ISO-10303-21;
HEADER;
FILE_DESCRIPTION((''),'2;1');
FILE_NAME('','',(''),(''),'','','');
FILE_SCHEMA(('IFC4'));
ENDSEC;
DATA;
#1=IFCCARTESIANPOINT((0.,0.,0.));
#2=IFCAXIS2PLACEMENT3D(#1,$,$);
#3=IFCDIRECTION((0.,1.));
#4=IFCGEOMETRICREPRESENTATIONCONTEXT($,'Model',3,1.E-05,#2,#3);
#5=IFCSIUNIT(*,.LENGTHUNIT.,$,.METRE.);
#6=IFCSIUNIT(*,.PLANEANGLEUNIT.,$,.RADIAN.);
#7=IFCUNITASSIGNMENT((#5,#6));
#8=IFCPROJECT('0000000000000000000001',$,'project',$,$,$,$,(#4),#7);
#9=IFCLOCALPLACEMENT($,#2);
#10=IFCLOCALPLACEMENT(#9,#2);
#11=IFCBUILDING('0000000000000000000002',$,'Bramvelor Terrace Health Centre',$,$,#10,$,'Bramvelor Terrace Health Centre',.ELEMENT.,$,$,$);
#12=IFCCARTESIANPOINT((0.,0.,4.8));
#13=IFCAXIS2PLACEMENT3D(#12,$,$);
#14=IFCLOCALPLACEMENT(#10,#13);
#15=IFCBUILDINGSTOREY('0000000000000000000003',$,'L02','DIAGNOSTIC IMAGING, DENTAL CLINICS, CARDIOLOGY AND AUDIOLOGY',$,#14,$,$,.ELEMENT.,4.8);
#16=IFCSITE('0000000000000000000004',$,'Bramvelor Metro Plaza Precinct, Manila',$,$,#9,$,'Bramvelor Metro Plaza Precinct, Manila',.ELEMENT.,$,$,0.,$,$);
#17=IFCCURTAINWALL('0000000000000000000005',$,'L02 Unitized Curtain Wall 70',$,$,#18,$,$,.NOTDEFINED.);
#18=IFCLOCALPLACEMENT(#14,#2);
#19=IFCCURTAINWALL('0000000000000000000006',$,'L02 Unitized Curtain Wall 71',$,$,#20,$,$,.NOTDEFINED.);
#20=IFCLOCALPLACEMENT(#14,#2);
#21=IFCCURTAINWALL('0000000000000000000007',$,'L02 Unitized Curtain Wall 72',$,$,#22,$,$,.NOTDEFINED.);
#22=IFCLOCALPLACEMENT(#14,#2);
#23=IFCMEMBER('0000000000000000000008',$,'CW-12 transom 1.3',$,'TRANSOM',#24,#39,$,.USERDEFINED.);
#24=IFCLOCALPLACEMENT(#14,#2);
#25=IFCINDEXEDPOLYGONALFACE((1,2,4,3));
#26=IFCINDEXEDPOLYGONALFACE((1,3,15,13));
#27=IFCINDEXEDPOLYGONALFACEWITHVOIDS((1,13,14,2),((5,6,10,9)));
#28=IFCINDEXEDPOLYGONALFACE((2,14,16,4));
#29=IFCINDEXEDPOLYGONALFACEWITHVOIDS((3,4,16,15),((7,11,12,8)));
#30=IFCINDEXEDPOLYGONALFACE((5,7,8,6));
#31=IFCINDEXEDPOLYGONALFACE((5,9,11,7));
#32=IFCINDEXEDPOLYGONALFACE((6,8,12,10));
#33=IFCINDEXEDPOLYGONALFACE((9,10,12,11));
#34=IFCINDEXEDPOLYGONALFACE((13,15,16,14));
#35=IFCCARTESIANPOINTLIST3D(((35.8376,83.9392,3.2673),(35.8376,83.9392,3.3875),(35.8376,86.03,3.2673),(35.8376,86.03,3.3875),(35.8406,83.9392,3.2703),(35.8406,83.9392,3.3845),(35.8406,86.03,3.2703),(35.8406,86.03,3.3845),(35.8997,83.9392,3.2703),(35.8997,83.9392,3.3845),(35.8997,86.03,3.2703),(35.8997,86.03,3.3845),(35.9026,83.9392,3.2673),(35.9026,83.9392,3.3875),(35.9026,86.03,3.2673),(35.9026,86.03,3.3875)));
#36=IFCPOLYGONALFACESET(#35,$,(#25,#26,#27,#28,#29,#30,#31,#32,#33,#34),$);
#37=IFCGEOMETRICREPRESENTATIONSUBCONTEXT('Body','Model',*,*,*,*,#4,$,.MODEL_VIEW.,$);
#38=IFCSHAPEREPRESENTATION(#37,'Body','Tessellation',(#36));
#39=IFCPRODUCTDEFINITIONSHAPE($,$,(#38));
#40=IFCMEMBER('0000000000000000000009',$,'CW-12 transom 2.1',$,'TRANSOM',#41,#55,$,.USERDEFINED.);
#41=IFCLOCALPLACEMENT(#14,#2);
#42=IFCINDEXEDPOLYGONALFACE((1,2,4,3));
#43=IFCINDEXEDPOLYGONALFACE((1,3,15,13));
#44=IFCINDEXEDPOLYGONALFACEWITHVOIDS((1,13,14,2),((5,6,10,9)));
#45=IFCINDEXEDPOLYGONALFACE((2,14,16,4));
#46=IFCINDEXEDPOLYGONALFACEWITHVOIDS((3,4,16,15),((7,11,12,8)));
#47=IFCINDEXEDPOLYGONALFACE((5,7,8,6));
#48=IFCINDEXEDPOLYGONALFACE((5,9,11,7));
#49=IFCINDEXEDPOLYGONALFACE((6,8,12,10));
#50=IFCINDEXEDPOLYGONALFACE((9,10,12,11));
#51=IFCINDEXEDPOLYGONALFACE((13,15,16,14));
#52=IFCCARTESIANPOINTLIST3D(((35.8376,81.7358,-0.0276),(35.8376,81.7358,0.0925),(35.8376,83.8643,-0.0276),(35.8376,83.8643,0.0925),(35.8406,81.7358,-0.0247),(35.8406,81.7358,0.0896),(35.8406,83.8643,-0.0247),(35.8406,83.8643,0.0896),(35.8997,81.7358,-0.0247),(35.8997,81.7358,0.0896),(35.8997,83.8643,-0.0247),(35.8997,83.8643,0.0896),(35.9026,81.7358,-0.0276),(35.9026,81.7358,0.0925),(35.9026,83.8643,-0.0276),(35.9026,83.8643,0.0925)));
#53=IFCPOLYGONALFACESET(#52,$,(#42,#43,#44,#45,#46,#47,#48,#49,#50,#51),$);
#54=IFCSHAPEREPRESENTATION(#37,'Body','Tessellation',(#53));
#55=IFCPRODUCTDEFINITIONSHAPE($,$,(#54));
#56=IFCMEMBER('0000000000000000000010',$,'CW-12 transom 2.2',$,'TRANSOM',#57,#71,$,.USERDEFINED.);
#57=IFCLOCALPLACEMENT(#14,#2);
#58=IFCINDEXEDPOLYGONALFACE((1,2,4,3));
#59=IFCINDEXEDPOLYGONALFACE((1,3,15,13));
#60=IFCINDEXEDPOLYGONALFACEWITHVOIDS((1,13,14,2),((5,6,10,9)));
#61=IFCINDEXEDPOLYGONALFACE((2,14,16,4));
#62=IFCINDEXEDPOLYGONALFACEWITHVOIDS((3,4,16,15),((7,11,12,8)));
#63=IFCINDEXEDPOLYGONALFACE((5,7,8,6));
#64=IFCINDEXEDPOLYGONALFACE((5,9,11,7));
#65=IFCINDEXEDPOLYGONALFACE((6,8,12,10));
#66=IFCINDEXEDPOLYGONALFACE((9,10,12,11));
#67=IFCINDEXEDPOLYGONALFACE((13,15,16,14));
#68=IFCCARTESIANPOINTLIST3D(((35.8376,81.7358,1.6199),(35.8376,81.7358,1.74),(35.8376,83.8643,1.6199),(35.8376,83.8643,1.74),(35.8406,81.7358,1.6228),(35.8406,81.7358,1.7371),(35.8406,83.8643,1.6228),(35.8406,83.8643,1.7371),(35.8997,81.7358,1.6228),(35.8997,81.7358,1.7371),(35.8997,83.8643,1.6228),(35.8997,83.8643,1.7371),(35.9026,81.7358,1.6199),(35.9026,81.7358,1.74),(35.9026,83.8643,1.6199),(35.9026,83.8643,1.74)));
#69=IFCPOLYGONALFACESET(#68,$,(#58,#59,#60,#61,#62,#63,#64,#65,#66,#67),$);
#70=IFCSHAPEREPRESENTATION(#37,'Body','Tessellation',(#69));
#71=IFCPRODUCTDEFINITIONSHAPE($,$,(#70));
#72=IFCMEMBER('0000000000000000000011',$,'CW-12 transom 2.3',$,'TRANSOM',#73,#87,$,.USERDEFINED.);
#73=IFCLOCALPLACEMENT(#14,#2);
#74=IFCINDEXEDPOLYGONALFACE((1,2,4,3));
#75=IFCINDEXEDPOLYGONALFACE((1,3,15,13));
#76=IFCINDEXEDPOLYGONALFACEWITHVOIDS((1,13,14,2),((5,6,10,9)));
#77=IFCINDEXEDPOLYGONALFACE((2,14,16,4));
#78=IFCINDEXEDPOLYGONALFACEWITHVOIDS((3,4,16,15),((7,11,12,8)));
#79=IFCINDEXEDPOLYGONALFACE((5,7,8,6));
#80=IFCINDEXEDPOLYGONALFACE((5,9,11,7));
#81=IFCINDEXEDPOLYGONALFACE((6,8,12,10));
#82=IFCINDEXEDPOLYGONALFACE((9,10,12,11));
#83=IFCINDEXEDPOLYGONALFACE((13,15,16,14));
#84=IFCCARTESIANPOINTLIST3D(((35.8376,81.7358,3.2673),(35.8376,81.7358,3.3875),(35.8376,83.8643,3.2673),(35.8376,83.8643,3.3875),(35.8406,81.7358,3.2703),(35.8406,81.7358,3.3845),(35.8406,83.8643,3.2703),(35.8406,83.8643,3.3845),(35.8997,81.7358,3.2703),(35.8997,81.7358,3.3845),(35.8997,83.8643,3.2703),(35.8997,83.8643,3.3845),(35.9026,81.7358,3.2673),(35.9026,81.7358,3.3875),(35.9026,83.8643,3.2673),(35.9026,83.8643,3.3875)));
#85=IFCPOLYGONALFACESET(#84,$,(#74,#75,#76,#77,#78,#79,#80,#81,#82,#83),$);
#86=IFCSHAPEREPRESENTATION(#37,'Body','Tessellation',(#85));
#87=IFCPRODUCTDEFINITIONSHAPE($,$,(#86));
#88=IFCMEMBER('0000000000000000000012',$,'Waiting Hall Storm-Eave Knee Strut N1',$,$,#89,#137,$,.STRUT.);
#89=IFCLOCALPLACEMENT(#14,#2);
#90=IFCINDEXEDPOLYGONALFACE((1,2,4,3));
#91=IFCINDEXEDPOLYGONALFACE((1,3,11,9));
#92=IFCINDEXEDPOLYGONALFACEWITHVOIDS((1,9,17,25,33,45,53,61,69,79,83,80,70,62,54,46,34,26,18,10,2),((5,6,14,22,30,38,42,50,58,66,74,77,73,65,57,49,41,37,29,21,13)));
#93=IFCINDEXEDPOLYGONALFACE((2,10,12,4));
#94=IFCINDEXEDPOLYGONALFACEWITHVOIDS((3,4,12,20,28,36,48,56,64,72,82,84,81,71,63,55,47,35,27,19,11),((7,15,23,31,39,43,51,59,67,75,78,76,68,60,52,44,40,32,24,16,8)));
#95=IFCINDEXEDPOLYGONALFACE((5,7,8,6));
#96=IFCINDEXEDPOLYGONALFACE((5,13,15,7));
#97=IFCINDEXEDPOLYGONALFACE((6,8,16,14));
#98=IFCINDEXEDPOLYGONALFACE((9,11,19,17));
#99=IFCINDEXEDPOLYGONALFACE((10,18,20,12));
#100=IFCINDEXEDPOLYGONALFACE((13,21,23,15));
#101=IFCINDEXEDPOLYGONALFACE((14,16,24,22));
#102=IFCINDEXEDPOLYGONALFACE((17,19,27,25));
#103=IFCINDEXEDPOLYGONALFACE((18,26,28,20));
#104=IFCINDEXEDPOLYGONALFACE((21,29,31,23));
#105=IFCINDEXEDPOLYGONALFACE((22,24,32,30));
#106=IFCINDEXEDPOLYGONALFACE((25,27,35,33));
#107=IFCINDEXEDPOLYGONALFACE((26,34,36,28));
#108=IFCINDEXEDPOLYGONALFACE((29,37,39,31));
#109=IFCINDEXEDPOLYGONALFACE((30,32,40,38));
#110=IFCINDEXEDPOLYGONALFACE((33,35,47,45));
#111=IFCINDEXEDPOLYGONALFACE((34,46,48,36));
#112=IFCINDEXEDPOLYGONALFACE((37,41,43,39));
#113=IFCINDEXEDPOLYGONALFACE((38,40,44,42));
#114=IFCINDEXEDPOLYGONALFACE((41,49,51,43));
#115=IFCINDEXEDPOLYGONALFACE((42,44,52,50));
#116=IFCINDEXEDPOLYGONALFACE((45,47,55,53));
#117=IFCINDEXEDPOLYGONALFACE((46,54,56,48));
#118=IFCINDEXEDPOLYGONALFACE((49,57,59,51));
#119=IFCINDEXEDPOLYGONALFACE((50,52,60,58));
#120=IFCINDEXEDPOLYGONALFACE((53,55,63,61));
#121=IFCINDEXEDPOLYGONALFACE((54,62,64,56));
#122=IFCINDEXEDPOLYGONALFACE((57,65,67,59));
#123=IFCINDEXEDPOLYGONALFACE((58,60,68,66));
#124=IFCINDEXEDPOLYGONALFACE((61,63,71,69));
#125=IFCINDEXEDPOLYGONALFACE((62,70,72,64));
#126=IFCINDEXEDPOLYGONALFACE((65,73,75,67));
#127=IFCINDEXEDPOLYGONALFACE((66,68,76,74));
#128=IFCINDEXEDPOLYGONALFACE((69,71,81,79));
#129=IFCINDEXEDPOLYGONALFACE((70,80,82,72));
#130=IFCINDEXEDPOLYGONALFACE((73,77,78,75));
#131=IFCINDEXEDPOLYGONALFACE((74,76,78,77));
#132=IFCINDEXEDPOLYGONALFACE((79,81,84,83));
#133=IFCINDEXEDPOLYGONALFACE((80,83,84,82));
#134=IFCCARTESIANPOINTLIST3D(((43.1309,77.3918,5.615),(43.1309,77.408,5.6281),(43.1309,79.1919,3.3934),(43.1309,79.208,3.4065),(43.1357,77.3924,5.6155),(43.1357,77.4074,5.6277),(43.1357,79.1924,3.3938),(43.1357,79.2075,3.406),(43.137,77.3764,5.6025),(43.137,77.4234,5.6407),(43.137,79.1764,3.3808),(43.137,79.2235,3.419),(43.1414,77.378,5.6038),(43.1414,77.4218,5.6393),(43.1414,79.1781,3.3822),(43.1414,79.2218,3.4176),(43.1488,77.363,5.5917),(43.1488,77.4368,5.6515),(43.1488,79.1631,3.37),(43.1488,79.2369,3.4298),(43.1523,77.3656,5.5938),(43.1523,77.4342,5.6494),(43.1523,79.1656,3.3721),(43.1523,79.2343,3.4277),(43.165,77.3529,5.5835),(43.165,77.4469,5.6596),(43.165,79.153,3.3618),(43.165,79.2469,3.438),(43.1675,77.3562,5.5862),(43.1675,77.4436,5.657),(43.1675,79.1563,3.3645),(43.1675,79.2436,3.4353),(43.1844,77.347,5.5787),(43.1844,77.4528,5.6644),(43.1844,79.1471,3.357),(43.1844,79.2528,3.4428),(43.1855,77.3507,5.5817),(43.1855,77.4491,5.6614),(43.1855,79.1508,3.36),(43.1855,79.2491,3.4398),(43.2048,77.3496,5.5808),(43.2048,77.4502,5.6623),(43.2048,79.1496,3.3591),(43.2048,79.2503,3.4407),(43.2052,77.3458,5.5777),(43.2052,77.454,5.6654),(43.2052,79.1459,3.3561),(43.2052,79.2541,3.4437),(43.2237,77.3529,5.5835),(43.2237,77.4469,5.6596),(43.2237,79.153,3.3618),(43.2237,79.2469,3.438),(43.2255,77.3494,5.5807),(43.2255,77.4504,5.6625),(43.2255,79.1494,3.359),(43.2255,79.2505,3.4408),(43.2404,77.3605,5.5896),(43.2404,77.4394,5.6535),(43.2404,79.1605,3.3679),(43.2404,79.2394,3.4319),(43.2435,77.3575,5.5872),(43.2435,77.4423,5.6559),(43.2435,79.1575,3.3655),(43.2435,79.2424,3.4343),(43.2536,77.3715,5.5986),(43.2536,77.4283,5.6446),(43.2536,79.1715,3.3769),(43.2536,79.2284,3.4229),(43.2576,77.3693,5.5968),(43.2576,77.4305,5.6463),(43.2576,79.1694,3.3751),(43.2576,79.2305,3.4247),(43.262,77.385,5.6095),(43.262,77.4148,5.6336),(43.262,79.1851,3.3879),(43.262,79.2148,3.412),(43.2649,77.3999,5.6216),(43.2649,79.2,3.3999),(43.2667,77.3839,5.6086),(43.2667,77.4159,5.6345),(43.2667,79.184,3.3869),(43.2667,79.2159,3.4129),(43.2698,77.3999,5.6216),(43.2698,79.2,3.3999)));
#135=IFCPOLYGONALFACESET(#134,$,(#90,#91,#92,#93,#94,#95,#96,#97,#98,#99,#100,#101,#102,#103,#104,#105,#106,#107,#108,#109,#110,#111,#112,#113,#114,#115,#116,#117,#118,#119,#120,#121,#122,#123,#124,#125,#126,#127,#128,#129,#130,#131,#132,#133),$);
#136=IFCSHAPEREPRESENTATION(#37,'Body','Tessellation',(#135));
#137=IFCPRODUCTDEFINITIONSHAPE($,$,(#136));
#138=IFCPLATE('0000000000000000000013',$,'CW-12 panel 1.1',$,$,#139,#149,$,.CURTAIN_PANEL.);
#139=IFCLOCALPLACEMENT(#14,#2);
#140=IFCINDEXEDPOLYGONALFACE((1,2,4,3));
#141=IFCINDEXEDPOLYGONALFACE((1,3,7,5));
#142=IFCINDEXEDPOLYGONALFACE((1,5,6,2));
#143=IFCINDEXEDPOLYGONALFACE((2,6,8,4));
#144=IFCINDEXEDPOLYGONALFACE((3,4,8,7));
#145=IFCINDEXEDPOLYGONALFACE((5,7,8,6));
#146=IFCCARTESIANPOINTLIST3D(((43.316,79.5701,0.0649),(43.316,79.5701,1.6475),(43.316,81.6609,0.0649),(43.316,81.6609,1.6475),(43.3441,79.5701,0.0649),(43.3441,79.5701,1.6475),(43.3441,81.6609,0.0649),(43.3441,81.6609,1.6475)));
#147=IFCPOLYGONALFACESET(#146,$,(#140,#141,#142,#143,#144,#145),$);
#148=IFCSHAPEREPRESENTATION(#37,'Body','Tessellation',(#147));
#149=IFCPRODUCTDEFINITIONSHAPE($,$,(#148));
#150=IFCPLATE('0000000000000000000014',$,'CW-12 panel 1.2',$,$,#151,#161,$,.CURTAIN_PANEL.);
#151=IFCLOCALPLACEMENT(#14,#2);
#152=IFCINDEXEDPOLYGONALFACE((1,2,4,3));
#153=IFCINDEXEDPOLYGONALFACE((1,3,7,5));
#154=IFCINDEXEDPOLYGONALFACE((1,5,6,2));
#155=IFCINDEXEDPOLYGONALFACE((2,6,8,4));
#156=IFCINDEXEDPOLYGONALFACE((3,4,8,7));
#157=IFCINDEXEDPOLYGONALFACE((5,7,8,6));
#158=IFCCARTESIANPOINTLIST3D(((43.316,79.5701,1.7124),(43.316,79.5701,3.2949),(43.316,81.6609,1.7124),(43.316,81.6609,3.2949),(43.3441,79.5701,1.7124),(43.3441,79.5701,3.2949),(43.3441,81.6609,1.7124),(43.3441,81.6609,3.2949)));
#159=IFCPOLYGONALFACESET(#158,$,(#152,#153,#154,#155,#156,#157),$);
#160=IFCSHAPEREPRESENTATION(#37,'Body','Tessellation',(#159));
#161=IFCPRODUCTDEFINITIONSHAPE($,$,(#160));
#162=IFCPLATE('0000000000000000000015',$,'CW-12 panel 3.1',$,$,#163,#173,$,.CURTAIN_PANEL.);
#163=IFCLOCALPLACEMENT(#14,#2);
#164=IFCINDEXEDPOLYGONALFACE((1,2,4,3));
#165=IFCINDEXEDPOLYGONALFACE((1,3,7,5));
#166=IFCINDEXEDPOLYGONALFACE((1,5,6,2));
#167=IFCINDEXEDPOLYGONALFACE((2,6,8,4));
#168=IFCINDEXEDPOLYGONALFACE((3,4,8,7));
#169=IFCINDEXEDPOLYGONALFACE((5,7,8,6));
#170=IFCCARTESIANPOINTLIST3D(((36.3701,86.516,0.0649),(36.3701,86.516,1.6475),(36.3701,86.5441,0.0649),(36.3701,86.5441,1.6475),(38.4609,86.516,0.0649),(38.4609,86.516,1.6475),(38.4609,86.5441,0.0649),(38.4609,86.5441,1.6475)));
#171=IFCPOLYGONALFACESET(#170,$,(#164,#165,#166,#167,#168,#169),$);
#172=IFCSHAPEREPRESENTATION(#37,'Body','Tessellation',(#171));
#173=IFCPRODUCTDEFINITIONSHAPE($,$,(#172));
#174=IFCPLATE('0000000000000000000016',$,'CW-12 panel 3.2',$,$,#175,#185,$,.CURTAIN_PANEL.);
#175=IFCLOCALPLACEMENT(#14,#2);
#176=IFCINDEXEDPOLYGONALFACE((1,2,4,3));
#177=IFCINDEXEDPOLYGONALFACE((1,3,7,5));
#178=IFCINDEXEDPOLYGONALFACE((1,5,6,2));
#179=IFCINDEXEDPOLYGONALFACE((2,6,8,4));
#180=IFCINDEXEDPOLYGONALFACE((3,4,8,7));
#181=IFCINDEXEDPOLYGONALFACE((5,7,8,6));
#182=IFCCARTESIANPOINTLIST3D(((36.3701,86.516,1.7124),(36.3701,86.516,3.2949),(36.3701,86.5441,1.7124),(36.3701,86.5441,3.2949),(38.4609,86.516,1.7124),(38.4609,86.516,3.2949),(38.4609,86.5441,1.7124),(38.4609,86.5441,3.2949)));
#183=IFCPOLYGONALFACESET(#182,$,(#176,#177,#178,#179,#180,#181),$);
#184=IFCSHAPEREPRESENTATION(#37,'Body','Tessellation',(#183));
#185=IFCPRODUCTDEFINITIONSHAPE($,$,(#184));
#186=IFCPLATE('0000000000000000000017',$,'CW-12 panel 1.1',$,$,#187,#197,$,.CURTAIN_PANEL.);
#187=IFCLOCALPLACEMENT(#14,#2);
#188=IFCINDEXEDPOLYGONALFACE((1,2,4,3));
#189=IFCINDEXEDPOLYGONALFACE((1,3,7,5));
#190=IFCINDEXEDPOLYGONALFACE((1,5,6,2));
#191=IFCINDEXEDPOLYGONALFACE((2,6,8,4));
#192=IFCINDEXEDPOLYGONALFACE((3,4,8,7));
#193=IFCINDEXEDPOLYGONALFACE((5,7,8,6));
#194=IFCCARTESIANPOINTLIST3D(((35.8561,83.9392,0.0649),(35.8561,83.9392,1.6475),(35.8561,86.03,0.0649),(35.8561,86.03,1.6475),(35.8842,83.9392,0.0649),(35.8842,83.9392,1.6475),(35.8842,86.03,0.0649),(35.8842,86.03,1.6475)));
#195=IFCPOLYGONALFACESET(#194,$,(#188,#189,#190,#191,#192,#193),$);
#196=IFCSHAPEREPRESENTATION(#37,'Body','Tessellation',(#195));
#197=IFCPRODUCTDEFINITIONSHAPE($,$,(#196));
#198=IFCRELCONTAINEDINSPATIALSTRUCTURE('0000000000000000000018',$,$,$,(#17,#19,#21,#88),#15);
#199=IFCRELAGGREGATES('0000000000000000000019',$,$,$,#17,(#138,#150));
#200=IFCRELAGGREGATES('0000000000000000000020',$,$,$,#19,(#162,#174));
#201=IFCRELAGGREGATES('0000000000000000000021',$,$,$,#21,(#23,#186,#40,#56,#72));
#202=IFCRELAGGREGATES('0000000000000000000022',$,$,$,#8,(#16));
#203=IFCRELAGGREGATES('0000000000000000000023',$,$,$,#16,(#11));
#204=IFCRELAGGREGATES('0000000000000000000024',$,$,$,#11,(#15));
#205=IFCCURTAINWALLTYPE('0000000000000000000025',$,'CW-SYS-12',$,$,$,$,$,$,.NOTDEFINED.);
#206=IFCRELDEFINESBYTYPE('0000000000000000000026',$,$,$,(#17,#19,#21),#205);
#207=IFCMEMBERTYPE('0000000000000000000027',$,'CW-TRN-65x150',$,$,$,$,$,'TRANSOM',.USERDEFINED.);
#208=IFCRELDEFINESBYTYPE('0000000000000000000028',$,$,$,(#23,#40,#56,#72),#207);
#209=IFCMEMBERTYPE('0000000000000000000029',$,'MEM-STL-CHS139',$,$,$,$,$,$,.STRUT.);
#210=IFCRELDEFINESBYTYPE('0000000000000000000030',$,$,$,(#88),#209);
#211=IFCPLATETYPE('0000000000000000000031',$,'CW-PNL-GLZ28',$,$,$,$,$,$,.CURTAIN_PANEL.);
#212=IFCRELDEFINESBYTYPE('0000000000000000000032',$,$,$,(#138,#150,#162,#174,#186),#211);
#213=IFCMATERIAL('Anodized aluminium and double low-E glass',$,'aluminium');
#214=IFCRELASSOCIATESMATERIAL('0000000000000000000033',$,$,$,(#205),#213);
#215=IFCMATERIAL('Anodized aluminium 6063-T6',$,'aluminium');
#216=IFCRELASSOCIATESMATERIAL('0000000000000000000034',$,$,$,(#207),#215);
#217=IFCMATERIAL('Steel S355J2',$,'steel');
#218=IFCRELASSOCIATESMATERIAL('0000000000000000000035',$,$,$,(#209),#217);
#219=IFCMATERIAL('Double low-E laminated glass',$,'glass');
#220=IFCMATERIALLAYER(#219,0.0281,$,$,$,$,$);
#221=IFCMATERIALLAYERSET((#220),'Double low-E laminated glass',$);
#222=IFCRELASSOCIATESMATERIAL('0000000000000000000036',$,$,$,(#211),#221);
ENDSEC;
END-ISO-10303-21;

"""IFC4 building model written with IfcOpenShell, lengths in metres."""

from ifc_helpers import new_model, si_unit, direction, frame, origin, origin_2d, place, context, subcontext, project, spatial, rectangle, hollow_rectangle, hollow_circle, extrude, material, layer, layer_set, material_profile, profile_set, type_object, element, aggregate, save


model = new_model("IFC4")

# Units and contexts
model_context = context("Model", 3, precision=1e-05, world=origin(), true_north=direction((0.0, 1.0)))
body_context = subcontext(model_context, "Body", "Model", "MODEL_VIEW")
ifc_project = project(units=[si_unit("LENGTHUNIT", "METRE"), si_unit("PLANEANGLEUNIT", "RADIAN")], contexts=[model_context])

# Site, building, storey
site_placement = place(None, origin())
site = spatial("IfcSite", under=ifc_project, at=site_placement, Name="Bramvelor Metro Plaza Precinct, Manila", LongName="Bramvelor Metro Plaza Precinct, Manila", CompositionType="ELEMENT", RefElevation=0.0)
building_placement = place(site_placement, origin())
building = spatial("IfcBuilding", under=site, at=building_placement, Name="Bramvelor Terrace Health Centre", LongName="Bramvelor Terrace Health Centre", CompositionType="ELEMENT")
storey_placement = place(building_placement, frame((0.0, 0.0, 4.8)))
storey = spatial("IfcBuildingStorey", under=building, at=storey_placement, Name="L02", Description="DIAGNOSTIC IMAGING, DENTAL CLINICS, CARDIOLOGY AND AUDIOLOGY", CompositionType="ELEMENT", Elevation=4.8)

# Curtain wall
ifc_material_1 = material(Name="Anodized aluminium and double low-E glass", Category="aluminium")
curtain_wall_type = type_object("IfcCurtainWallType", Name="CW-SYS-12", PredefinedType="NOTDEFINED", material=ifc_material_1)
curtain_wall_1_placement = place(storey_placement, origin())
curtain_wall_1 = element("IfcCurtainWall", 1, at=curtain_wall_1_placement, inside=storey, type_object=curtain_wall_type, Name="L02 Unitized Curtain Wall 70", PredefinedType="NOTDEFINED")

# Curtain wall
curtain_wall_2_placement = place(storey_placement, origin())
curtain_wall_2 = element("IfcCurtainWall", 2, at=curtain_wall_2_placement, inside=storey, type_object=curtain_wall_type, Name="L02 Unitized Curtain Wall 71", PredefinedType="NOTDEFINED")

# Curtain wall
curtain_wall_3_placement = place(storey_placement, origin())
curtain_wall_3 = element("IfcCurtainWall", 3, at=curtain_wall_3_placement, inside=storey, type_object=curtain_wall_type, Name="L02 Unitized Curtain Wall 72", PredefinedType="NOTDEFINED")

# Members
ifc_material_2 = material(Name="Anodized aluminium 6063-T6", Category="aluminium")
ifc_material_profile_1 = material_profile(ifc_material_2, hollow_rectangle(XDim=0.0649, YDim=0.1201, WallThickness=0.0029, at=origin_2d()), Name="ALU-TRN 65x120x3.0")
ifc_profile_set_1 = profile_set([ifc_material_profile_1], Name="Anodized aluminium 6063-T6")
member_type_1 = type_object("IfcMemberType", Name="CW-TRN-65x150", ElementType="TRANSOM", PredefinedType="USERDEFINED", material=ifc_profile_set_1)
member_1_placement = place(storey_placement, frame((35.8701, 86.03, 3.3274), z_axis=(0.0, -1.0, 0.0), x_axis=(1.0, 0.0, 0.0)))
member_1 = element("IfcMember", 4, at=member_1_placement, type_object=member_type_1, Name="CW-12 transom 1.3", ObjectType="TRANSOM", PredefinedType="USERDEFINED", context=body_context, shape_type="SweptSolid", body=[
    extrude(hollow_rectangle(XDim=0.0649, YDim=0.1201, WallThickness=0.0029, at=origin_2d()), origin(), (0.0, 0.0, 1.0), 2.0908),
])
member_2_placement = place(storey_placement, frame((35.8701, 83.8643, 0.0325), z_axis=(0.0, -1.0, 0.0), x_axis=(1.0, 0.0, 0.0)))
member_2 = element("IfcMember", 5, at=member_2_placement, type_object=member_type_1, Name="CW-12 transom 2.1", ObjectType="TRANSOM", PredefinedType="USERDEFINED", context=body_context, shape_type="SweptSolid", body=[
    extrude(hollow_rectangle(XDim=0.0649, YDim=0.1201, WallThickness=0.0029, at=origin_2d()), origin(), (0.0, 0.0, 1.0), 2.1284),
])
member_3_placement = place(storey_placement, frame((35.8701, 83.8643, 1.6799), z_axis=(0.0, -1.0, 0.0), x_axis=(1.0, 0.0, 0.0)))
member_3 = element("IfcMember", 6, at=member_3_placement, type_object=member_type_1, Name="CW-12 transom 2.2", ObjectType="TRANSOM", PredefinedType="USERDEFINED", context=body_context, shape_type="SweptSolid", body=[
    extrude(hollow_rectangle(XDim=0.0649, YDim=0.1201, WallThickness=0.0029, at=origin_2d()), origin(), (0.0, 0.0, 1.0), 2.1284),
])
member_4_placement = place(storey_placement, frame((35.8701, 83.8643, 3.3274), z_axis=(0.0, -1.0, 0.0), x_axis=(1.0, 0.0, 0.0)))
member_4 = element("IfcMember", 7, at=member_4_placement, type_object=member_type_1, Name="CW-12 transom 2.3", ObjectType="TRANSOM", PredefinedType="USERDEFINED", context=body_context, shape_type="SweptSolid", body=[
    extrude(hollow_rectangle(XDim=0.0649, YDim=0.1201, WallThickness=0.0029, at=origin_2d()), origin(), (0.0, 0.0, 1.0), 2.1284),
])
ifc_material_3 = material(Name="Steel S355J2", Category="steel")
ifc_material_profile_2 = material_profile(ifc_material_3, hollow_circle(Radius=0.0698, WallThickness=0.0049, at=origin_2d()), Name="CHS 139.7x5.0")
ifc_profile_set_2 = profile_set([ifc_material_profile_2], Name="Steel S355J2")
member_type_2 = type_object("IfcMemberType", Name="MEM-STL-CHS139", PredefinedType="STRUT", material=ifc_profile_set_2)
member_5_placement = place(storey_placement, frame((43.2, 79.2, 3.3999), z_axis=(0.0, -0.629525, 0.77698), x_axis=(1.0, 0.0, 0.0)))
element("IfcMember", 8, at=member_5_placement, inside=storey, type_object=member_type_2, Name="Waiting Hall Storm-Eave Knee Strut N1", PredefinedType="STRUT", context=body_context, shape_type="SweptSolid", body=[
    extrude(hollow_circle(Radius=0.0698, WallThickness=0.0049, at=origin_2d()), origin(), (0.0, 0.0, 1.0), 2.8594),
])

# Plates
ifc_material_4 = material(Name="Double low-E laminated glass", Category="glass")
ifc_layer_1 = layer(ifc_material_4, 0.0281)
ifc_layer_set_1 = layer_set([ifc_layer_1], Name="Double low-E laminated glass")
plate_type_1 = type_object("IfcPlateType", Name="CW-PNL-GLZ28", PredefinedType="CURTAIN_PANEL", material=ifc_layer_set_1)
plate_1_placement = place(storey_placement, frame((43.3301, 80.6155, 0.0649), z_axis=(0.0, 0.0, 1.0), x_axis=(0.0, 1.0, 0.0)))
plate_1 = element("IfcPlate", 9, at=plate_1_placement, type_object=plate_type_1, Name="CW-12 panel 1.1", PredefinedType="CURTAIN_PANEL", context=body_context, shape_type="SweptSolid", body=[
    extrude(rectangle(XDim=2.0908, YDim=0.0281, at=origin_2d()), origin(), (0.0, 0.0, 1.0), 1.5825),
])
plate_2_placement = place(storey_placement, frame((43.3301, 80.6155, 1.7124), z_axis=(0.0, 0.0, 1.0), x_axis=(0.0, 1.0, 0.0)))
plate_2 = element("IfcPlate", 10, at=plate_2_placement, type_object=plate_type_1, Name="CW-12 panel 1.2", PredefinedType="CURTAIN_PANEL", context=body_context, shape_type="SweptSolid", body=[
    extrude(rectangle(XDim=2.0908, YDim=0.0281, at=origin_2d()), origin(), (0.0, 0.0, 1.0), 1.5825),
])
aggregate(curtain_wall_1, [plate_1, plate_2])
plate_3_placement = place(storey_placement, frame((37.4155, 86.53, 0.0649), z_axis=(0.0, 0.0, 1.0), x_axis=(-1.0, 0.0, 0.0)))
plate_3 = element("IfcPlate", 11, at=plate_3_placement, type_object=plate_type_1, Name="CW-12 panel 3.1", PredefinedType="CURTAIN_PANEL", context=body_context, shape_type="SweptSolid", body=[
    extrude(rectangle(XDim=2.0908, YDim=0.0281, at=origin_2d()), origin(), (0.0, 0.0, 1.0), 1.5825),
])
plate_4_placement = place(storey_placement, frame((37.4155, 86.53, 1.7124), z_axis=(0.0, 0.0, 1.0), x_axis=(-1.0, 0.0, 0.0)))
plate_4 = element("IfcPlate", 12, at=plate_4_placement, type_object=plate_type_1, Name="CW-12 panel 3.2", PredefinedType="CURTAIN_PANEL", context=body_context, shape_type="SweptSolid", body=[
    extrude(rectangle(XDim=2.0908, YDim=0.0281, at=origin_2d()), origin(), (0.0, 0.0, 1.0), 1.5825),
])
aggregate(curtain_wall_2, [plate_3, plate_4])
plate_5_placement = place(storey_placement, frame((35.8701, 84.9846, 0.0649), z_axis=(0.0, 0.0, 1.0), x_axis=(0.0, -1.0, 0.0)))
plate_5 = element("IfcPlate", 13, at=plate_5_placement, type_object=plate_type_1, Name="CW-12 panel 1.1", PredefinedType="CURTAIN_PANEL", context=body_context, shape_type="SweptSolid", body=[
    extrude(rectangle(XDim=2.0908, YDim=0.0281, at=origin_2d()), origin(), (0.0, 0.0, 1.0), 1.5825),
])
aggregate(curtain_wall_3, [member_1, plate_5, member_2, member_3, member_4])

save(model, "model.ifc")
